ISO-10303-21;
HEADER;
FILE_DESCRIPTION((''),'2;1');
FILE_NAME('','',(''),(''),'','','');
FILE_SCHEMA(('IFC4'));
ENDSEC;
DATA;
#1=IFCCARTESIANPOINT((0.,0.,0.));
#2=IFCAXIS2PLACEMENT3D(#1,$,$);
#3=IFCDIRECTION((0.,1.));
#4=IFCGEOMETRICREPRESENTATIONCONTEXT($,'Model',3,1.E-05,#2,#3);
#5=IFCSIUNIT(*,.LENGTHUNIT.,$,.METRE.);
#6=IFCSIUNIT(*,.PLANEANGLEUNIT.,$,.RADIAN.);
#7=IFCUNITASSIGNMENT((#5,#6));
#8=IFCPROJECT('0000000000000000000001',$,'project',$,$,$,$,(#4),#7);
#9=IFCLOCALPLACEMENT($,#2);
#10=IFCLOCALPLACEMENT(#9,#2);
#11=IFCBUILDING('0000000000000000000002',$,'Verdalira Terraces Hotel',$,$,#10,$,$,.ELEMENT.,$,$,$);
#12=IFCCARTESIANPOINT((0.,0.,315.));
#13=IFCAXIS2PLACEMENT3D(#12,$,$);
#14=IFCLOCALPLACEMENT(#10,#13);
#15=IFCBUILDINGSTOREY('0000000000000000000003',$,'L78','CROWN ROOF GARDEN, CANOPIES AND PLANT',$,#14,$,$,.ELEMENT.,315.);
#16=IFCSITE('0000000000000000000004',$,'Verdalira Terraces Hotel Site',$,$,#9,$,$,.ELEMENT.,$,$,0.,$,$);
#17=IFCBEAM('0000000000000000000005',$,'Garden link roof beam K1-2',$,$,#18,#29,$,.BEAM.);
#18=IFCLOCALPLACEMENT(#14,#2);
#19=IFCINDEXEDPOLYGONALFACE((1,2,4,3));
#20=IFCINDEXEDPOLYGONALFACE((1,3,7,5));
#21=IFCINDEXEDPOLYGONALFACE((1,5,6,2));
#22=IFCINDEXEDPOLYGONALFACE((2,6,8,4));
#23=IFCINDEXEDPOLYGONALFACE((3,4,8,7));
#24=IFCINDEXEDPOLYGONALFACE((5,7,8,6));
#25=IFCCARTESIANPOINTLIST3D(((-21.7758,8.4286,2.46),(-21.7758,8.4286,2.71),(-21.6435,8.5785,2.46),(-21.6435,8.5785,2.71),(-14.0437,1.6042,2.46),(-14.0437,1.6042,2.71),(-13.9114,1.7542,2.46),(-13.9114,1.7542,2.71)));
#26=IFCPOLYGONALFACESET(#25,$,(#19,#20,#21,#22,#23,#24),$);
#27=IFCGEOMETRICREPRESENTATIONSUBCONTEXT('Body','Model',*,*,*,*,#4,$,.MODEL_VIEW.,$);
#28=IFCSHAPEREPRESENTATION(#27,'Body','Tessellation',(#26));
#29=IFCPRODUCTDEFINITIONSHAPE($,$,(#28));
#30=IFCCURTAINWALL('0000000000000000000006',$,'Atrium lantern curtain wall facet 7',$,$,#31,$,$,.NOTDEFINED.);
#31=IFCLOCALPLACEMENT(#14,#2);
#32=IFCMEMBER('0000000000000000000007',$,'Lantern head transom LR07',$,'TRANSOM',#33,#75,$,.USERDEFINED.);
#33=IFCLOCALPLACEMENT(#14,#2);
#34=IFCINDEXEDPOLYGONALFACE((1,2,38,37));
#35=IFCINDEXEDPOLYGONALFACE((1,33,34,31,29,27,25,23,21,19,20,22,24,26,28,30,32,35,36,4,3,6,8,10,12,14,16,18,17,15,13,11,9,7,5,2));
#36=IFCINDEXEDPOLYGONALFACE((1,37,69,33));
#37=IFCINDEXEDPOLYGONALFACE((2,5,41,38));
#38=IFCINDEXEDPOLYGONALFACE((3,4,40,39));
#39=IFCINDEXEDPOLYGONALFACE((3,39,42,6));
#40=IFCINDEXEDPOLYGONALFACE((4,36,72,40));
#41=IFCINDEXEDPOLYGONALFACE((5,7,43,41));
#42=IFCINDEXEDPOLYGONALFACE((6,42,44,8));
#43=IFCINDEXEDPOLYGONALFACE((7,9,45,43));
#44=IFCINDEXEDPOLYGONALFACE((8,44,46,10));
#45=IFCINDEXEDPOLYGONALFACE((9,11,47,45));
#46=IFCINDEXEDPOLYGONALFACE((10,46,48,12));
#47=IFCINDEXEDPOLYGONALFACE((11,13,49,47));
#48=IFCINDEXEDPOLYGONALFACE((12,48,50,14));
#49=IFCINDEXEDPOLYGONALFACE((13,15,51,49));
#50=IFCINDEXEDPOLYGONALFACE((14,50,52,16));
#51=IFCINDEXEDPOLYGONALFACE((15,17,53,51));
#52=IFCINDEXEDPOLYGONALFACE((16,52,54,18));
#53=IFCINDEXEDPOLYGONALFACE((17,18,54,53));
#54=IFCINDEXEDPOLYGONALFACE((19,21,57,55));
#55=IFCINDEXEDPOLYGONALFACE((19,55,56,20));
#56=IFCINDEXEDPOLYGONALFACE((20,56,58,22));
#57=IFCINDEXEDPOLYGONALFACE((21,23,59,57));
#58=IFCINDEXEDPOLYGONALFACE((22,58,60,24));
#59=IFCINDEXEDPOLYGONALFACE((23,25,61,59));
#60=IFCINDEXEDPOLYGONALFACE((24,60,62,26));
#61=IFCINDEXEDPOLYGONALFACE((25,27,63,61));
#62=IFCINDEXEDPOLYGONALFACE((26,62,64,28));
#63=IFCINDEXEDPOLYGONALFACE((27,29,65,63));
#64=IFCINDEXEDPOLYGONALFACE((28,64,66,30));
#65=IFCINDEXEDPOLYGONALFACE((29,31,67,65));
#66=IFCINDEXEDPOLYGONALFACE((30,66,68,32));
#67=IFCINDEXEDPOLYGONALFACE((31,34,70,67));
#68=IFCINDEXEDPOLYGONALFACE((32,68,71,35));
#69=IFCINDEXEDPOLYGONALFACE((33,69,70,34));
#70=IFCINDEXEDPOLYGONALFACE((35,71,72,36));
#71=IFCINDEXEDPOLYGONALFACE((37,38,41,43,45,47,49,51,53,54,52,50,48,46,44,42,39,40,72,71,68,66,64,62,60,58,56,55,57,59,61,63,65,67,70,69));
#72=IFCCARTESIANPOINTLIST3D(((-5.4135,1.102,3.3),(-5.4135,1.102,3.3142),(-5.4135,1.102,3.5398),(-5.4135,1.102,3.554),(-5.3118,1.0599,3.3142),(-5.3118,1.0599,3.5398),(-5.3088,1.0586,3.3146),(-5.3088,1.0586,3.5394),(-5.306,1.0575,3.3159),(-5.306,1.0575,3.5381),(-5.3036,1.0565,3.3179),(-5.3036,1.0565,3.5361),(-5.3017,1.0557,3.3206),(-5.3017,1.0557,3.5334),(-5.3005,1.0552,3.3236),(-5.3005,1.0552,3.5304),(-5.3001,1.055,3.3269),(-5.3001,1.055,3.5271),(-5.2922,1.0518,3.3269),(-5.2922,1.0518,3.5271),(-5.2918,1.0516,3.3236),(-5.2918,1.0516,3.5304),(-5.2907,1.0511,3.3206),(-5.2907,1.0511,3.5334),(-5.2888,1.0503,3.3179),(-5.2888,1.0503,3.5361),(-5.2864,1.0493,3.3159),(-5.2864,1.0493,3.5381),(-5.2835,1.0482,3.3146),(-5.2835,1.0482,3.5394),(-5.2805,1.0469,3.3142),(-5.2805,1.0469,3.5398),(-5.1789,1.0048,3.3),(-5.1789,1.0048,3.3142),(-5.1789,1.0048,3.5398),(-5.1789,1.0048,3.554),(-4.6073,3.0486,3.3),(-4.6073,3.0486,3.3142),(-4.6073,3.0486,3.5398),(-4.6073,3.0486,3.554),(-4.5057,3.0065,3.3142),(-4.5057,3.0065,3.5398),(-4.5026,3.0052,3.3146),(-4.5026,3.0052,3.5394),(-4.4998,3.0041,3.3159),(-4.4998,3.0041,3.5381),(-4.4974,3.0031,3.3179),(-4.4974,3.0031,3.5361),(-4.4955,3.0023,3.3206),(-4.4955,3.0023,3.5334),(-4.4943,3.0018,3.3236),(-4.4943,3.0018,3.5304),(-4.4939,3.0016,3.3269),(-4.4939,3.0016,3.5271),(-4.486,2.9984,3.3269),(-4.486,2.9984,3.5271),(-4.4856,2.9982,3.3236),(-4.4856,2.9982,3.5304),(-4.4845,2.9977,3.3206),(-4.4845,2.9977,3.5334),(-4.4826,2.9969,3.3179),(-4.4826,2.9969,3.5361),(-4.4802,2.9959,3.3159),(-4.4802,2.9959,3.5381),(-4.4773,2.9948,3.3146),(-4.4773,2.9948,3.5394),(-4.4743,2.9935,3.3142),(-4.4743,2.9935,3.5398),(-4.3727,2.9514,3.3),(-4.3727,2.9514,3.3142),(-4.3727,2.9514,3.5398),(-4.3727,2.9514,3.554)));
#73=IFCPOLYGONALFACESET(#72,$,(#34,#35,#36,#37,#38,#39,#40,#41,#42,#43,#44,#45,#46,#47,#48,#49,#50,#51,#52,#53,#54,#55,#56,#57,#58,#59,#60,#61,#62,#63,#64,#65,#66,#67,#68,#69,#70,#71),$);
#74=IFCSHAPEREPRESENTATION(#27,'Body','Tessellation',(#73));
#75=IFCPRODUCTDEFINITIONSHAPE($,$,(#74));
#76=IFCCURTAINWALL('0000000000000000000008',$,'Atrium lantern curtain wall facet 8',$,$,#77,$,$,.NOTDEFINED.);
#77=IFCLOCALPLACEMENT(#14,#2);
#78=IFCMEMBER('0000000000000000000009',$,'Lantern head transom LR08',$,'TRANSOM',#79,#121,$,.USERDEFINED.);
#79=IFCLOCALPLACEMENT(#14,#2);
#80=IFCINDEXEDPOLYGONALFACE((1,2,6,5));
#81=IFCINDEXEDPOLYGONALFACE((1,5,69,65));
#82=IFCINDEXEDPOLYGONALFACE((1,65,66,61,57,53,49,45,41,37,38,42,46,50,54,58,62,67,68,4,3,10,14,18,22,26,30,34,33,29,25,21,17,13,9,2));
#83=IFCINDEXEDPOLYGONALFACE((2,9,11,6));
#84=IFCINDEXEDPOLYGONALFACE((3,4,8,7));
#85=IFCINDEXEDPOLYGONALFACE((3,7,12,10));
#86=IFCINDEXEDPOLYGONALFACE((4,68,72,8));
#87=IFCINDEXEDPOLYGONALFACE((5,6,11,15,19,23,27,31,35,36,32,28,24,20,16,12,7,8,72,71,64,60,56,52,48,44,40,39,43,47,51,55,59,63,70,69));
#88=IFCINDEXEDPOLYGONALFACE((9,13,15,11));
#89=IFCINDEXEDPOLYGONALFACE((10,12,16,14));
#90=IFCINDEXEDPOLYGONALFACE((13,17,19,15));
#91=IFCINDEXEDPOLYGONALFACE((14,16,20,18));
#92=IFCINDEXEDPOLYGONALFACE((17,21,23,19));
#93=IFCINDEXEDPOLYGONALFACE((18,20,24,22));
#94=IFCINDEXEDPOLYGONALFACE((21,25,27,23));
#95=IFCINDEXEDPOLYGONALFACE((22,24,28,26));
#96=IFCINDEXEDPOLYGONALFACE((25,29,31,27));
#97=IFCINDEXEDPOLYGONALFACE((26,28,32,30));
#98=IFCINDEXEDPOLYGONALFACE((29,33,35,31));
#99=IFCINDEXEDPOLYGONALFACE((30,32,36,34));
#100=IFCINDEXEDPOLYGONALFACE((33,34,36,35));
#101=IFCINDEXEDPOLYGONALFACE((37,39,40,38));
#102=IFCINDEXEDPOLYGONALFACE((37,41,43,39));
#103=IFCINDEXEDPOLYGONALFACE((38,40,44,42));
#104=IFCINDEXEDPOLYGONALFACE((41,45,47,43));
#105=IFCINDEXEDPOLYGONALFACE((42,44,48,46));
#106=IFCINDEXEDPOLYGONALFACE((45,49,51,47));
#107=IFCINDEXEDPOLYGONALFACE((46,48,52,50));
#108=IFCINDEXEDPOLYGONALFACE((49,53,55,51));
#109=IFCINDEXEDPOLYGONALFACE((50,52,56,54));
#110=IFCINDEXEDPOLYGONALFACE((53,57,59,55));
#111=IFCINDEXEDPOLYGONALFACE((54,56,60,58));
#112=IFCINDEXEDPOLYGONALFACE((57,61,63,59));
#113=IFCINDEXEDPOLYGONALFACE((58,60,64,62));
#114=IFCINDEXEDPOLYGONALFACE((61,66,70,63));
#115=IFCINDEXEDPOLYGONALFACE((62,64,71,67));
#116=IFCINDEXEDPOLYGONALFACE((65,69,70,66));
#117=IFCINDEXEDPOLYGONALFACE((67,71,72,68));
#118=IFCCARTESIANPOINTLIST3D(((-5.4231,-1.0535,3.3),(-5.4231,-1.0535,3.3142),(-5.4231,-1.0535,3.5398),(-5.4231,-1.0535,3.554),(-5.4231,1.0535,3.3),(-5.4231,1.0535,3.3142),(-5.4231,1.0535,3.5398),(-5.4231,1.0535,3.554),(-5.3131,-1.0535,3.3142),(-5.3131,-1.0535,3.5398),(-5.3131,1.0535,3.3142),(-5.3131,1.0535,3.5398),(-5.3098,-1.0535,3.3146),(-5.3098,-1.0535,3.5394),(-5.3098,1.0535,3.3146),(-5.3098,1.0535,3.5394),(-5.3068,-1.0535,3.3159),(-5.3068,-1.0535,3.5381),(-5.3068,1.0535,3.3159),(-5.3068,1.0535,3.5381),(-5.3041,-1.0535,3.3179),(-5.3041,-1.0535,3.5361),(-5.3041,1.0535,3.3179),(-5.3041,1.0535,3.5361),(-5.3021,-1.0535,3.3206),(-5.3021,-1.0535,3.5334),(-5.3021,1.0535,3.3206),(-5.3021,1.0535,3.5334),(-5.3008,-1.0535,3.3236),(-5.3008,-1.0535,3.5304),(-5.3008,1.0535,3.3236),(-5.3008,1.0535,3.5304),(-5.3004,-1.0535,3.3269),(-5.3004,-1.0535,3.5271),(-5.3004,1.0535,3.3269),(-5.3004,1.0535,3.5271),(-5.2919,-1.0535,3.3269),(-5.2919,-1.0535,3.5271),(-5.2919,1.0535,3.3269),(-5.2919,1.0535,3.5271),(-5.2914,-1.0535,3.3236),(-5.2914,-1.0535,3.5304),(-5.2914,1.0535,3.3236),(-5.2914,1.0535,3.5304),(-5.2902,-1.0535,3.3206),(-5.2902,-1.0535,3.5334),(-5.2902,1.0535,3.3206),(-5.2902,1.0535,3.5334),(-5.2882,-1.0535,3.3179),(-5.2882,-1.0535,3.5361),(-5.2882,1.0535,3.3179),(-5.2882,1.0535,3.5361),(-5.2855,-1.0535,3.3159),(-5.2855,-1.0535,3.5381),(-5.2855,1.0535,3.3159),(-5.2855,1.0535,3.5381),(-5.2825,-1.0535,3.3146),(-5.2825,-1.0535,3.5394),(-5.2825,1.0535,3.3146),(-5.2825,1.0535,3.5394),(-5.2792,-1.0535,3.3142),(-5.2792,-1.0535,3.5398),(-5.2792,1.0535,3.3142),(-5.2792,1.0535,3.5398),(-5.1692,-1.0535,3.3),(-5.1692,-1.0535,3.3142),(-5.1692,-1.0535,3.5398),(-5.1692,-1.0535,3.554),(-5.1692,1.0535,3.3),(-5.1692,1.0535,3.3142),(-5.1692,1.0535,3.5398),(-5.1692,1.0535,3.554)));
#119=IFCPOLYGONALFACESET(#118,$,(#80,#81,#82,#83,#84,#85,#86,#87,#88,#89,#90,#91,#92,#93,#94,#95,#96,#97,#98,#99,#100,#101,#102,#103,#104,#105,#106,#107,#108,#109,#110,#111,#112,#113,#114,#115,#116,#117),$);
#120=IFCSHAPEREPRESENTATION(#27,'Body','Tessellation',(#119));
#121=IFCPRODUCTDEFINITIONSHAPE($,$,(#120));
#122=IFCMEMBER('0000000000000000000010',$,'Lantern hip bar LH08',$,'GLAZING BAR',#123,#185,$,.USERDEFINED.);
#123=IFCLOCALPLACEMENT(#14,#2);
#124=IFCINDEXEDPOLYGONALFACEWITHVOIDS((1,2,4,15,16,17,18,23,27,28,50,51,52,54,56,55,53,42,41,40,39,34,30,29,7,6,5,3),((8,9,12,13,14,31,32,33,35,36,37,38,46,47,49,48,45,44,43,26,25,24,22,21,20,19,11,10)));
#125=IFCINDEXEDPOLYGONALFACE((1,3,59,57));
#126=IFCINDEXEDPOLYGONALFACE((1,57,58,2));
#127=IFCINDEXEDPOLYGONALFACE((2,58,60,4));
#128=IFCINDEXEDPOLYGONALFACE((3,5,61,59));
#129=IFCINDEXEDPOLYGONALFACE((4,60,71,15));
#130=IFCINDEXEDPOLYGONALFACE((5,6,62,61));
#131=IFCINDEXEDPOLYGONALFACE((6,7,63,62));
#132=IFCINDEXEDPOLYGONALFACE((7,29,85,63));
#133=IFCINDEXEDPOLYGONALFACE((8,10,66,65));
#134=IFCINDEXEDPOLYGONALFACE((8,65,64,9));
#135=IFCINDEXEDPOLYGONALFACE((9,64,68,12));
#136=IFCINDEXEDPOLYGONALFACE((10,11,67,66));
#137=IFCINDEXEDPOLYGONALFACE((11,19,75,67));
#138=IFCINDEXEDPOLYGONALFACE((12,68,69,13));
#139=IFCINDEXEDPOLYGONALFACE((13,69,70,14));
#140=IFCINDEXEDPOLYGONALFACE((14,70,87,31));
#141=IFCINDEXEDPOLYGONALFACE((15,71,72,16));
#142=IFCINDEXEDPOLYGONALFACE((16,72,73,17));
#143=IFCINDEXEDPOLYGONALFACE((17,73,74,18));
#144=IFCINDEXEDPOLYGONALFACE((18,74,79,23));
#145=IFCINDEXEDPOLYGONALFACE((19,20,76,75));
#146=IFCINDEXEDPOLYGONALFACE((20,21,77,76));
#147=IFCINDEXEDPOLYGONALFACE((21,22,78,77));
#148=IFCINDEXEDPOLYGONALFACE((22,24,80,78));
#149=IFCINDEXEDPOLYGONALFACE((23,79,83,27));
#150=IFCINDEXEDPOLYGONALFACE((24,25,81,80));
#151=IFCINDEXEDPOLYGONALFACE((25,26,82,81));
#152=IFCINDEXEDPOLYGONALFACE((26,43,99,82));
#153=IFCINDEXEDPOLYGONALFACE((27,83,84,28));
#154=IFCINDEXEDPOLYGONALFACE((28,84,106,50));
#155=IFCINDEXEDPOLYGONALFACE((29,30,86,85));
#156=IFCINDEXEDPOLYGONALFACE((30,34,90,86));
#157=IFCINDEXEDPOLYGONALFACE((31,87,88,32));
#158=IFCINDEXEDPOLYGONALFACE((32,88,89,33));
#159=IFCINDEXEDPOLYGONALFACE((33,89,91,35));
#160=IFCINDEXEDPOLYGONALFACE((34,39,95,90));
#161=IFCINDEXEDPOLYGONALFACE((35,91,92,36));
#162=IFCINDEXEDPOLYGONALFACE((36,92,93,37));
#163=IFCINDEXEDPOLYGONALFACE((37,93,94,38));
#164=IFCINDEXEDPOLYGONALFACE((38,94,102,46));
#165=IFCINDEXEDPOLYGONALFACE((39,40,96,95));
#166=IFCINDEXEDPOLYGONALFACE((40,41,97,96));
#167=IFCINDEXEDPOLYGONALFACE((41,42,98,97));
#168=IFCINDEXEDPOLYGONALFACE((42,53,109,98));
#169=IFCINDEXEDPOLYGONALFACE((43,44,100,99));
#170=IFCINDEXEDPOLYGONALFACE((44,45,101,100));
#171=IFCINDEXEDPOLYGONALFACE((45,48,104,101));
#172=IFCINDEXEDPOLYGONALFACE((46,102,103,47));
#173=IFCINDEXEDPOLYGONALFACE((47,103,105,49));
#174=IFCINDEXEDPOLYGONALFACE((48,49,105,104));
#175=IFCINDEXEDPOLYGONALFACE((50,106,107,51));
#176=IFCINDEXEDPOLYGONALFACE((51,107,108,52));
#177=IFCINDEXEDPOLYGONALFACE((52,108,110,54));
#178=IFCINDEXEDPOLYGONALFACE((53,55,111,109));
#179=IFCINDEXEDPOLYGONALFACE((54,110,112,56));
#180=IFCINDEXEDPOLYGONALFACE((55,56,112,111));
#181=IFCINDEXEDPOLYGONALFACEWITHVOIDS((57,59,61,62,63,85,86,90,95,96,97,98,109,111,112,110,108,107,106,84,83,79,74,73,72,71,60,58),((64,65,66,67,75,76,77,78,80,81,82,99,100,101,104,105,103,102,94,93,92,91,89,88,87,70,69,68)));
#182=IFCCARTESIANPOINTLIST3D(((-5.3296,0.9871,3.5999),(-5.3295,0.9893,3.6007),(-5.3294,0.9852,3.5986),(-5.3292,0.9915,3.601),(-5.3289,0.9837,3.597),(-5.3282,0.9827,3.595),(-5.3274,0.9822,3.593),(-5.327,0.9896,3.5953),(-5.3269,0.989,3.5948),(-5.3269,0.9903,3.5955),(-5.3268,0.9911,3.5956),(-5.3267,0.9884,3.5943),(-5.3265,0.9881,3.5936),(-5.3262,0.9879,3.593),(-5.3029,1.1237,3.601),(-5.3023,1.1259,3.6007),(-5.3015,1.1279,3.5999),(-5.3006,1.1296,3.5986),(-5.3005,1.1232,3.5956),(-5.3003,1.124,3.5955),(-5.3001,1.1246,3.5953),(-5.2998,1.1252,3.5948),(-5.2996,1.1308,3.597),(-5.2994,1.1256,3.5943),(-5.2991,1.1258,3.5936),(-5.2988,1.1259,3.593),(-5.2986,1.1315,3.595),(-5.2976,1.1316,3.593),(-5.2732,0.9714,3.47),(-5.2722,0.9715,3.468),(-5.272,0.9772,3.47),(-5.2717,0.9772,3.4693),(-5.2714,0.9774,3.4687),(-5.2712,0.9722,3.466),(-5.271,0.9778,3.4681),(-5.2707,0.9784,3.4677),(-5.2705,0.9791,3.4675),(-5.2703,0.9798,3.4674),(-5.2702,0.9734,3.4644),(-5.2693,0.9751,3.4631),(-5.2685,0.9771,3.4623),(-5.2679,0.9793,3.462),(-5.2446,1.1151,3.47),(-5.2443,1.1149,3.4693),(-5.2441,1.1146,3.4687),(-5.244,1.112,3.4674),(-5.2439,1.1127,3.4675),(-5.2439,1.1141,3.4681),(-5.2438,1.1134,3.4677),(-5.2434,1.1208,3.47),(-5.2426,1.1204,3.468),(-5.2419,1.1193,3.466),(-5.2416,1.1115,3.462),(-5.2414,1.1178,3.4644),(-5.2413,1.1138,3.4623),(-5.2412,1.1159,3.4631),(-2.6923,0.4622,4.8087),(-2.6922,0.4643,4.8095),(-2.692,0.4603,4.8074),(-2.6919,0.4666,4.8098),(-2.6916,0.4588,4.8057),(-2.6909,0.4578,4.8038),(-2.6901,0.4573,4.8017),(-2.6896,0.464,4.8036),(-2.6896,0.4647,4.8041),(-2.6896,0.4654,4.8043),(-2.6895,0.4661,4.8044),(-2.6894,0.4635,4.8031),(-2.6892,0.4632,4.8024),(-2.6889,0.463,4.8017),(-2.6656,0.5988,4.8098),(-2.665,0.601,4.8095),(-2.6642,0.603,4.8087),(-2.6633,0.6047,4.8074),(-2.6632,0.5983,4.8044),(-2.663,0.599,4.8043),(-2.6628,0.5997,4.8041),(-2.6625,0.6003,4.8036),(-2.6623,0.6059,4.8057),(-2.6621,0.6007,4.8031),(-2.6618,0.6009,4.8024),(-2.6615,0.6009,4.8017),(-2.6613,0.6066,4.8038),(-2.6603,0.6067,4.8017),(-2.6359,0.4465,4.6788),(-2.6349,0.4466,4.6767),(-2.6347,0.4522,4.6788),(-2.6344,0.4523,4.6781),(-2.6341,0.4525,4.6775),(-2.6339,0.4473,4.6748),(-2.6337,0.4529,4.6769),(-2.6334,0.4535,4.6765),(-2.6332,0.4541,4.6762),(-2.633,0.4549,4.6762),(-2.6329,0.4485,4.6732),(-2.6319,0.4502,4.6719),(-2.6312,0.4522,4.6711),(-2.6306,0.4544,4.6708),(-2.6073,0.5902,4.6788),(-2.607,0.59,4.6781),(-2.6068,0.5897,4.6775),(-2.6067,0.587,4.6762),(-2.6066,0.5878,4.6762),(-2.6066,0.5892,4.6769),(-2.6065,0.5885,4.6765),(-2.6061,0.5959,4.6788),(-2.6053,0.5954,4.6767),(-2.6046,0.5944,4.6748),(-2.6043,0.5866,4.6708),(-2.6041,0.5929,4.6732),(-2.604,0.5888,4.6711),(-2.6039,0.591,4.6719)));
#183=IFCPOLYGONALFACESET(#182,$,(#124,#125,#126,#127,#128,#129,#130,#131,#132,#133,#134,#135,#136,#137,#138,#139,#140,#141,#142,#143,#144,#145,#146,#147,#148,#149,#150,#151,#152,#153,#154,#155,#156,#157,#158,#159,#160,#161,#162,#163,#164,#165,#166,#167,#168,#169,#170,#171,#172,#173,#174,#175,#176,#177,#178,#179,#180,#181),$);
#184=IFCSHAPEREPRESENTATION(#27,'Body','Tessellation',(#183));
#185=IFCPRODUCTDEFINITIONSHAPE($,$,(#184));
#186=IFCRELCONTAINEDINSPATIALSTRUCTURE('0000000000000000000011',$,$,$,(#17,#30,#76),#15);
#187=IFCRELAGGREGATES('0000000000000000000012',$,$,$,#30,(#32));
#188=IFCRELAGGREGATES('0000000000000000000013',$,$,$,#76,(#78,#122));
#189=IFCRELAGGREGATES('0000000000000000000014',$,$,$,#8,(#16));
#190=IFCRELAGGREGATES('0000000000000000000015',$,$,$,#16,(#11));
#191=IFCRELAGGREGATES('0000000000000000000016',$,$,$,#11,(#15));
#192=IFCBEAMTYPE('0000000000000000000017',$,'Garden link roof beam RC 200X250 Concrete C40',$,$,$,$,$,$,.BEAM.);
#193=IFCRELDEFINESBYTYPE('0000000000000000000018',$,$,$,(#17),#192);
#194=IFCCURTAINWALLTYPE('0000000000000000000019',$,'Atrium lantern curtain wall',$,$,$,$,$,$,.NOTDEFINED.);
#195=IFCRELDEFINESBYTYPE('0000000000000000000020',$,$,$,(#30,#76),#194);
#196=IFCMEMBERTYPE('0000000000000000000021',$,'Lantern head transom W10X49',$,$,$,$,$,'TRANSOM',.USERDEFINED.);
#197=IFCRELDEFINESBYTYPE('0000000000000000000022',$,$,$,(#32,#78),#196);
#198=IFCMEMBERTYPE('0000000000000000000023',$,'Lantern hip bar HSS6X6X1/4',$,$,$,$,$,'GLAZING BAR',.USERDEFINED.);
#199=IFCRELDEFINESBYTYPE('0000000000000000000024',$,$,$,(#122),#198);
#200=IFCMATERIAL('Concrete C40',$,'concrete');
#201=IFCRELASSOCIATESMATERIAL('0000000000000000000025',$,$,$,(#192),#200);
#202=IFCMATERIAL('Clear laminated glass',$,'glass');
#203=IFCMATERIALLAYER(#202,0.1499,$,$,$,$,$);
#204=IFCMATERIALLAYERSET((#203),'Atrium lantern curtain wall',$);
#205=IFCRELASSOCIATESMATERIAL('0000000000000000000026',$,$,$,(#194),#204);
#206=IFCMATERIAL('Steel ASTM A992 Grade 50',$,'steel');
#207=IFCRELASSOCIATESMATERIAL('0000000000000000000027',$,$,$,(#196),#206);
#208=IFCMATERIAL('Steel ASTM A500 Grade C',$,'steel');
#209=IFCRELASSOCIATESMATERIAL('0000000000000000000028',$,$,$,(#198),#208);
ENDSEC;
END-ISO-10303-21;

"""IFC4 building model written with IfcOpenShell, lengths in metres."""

from ifc_helpers import new_model, si_unit, direction, frame, origin, origin_2d, place, context, subcontext, project, spatial, rectangle, hollow_rectangle, i_section, extrude, material, layer, layer_set, material_profile, profile_set, type_object, element, aggregate, save


model = new_model("IFC4")

# Units and contexts
model_context = context("Model", 3, precision=1e-05, world=origin(), true_north=direction((0.0, 1.0)))
body_context = subcontext(model_context, "Body", "Model", "MODEL_VIEW")
ifc_project = project(units=[si_unit("LENGTHUNIT", "METRE"), si_unit("PLANEANGLEUNIT", "RADIAN")], contexts=[model_context])

# Site, building, storey
site_placement = place(None, origin())
site = spatial("IfcSite", under=ifc_project, at=site_placement, Name="Verdalira Terraces Hotel Site", CompositionType="ELEMENT", RefElevation=0.0)
building_placement = place(site_placement, origin())
building = spatial("IfcBuilding", under=site, at=building_placement, Name="Verdalira Terraces Hotel", CompositionType="ELEMENT")
storey_placement = place(building_placement, frame((0.0, 0.0, 315.0)))
storey = spatial("IfcBuildingStorey", under=building, at=storey_placement, Name="L78", Description="CROWN ROOF GARDEN, CANOPIES AND PLANT", CompositionType="ELEMENT", Elevation=315.0)

# Beam
ifc_material_1 = material(Name="Concrete C40", Category="concrete")
ifc_material_profile_1 = material_profile(ifc_material_1, rectangle(XDim=0.2, YDim=0.25, at=origin_2d()), Name="RC 200X250")
ifc_profile_set_1 = profile_set([ifc_material_profile_1], Name="Concrete C40")
beam_type = type_object("IfcBeamType", Name="Garden link roof beam RC 200X250 Concrete C40", PredefinedType="BEAM", material=ifc_profile_set_1)
beam_placement = place(storey_placement, frame((-13.9775, 1.6792, 2.585), z_axis=(-0.749744, 0.661728, 0.0), x_axis=(-0.661728, -0.749744, 0.0)))
element("IfcBeam", 1, at=beam_placement, inside=storey, type_object=beam_type, Name="Garden link roof beam K1-2", PredefinedType="BEAM", context=body_context, shape_type="SweptSolid", body=[
    extrude(rectangle(XDim=0.2, YDim=0.25, at=origin_2d()), origin(), (0.0, 0.0, 1.0), 10.313),
])

# Curtain wall, member
ifc_material_2 = material(Name="Clear laminated glass", Category="glass")
ifc_layer_1 = layer(ifc_material_2, 0.1499)
ifc_layer_set_1 = layer_set([ifc_layer_1], Name="Atrium lantern curtain wall")
curtain_wall_type = type_object("IfcCurtainWallType", Name="Atrium lantern curtain wall", PredefinedType="NOTDEFINED", material=ifc_layer_set_1)
curtain_wall_1_placement = place(storey_placement, origin())
curtain_wall_1 = element("IfcCurtainWall", 2, at=curtain_wall_1_placement, inside=storey, type_object=curtain_wall_type, Name="Atrium lantern curtain wall facet 7", PredefinedType="NOTDEFINED")
ifc_material_3 = material(Name="Steel ASTM A992 Grade 50", Category="steel")
ifc_material_profile_2 = material_profile(ifc_material_3, i_section(OverallWidth=0.2539, OverallDepth=0.2539, WebThickness=0.0085, FlangeThickness=0.0142, FilletRadius=0.0127, at=origin_2d()), Name="W10X49")
ifc_profile_set_2 = profile_set([ifc_material_profile_2], Name="Steel ASTM A992 Grade 50")
member_type_1 = type_object("IfcMemberType", Name="Lantern head transom W10X49", ElementType="TRANSOM", PredefinedType="USERDEFINED", material=ifc_profile_set_2)
member_1_placement = place(storey_placement, frame((-4.49, 3.0, 3.427), z_axis=(-0.382632, -0.923901, 0.0), x_axis=(0.923901, -0.382632, 0.0)))
member_1 = element("IfcMember", 3, at=member_1_placement, type_object=member_type_1, Name="Lantern head transom LR07", ObjectType="TRANSOM", PredefinedType="USERDEFINED", context=body_context, shape_type="SweptSolid", body=[
    extrude(i_section(OverallWidth=0.2539, OverallDepth=0.2539, WebThickness=0.0085, FlangeThickness=0.0142, FilletRadius=0.0127, at=origin_2d()), origin(), (0.0, 0.0, 1.0), 2.1069),
])

# Curtain wall, members
curtain_wall_2_placement = place(storey_placement, origin())
curtain_wall_2 = element("IfcCurtainWall", 4, at=curtain_wall_2_placement, inside=storey, type_object=curtain_wall_type, Name="Atrium lantern curtain wall facet 8", PredefinedType="NOTDEFINED")
member_2_placement = place(storey_placement, frame((-5.2961, 1.0535, 3.427), z_axis=(0.0, -1.0, 0.0), x_axis=(1.0, 0.0, 0.0)))
member_2 = element("IfcMember", 5, at=member_2_placement, type_object=member_type_1, Name="Lantern head transom LR08", ObjectType="TRANSOM", PredefinedType="USERDEFINED", context=body_context, shape_type="SweptSolid", body=[
    extrude(i_section(OverallWidth=0.2539, OverallDepth=0.2539, WebThickness=0.0085, FlangeThickness=0.0142, FilletRadius=0.0127, at=origin_2d()), origin(), (0.0, 0.0, 1.0), 2.1069),
])
ifc_material_4 = material(Name="Steel ASTM A500 Grade C", Category="steel")
ifc_material_profile_3 = material_profile(ifc_material_4, hollow_rectangle(XDim=0.1523, YDim=0.1523, WallThickness=0.0059, InnerFilletRadius=0.0029, OuterFilletRadius=0.0088, at=origin_2d()), Name="HSS6X6X1/4")
ifc_profile_set_3 = profile_set([ifc_material_profile_3], Name="Steel ASTM A500 Grade C")
member_type_2 = type_object("IfcMemberType", Name="Lantern hip bar HSS6X6X1/4", ElementType="GLAZING BAR", PredefinedType="USERDEFINED", material=ifc_profile_set_3)
member_3_placement = place(storey_placement, frame((-5.2854, 1.0515, 3.5315), z_axis=(0.894537, -0.178046, 0.410003), x_axis=(0.195208, 0.980762, 0.0)))
member_3 = element("IfcMember", 6, at=member_3_placement, type_object=member_type_2, Name="Lantern hip bar LH08", ObjectType="GLAZING BAR", PredefinedType="USERDEFINED", context=body_context, shape_type="SweptSolid", body=[
    extrude(hollow_rectangle(XDim=0.1523, YDim=0.1523, WallThickness=0.0059, InnerFilletRadius=0.0029, OuterFilletRadius=0.0088, at=origin_2d()), origin(), (0.0, 0.0, 1.0), 2.9482),
])

aggregate(curtain_wall_1, [member_1])
aggregate(curtain_wall_2, [member_2, member_3])

save(model, "model.ifc")
